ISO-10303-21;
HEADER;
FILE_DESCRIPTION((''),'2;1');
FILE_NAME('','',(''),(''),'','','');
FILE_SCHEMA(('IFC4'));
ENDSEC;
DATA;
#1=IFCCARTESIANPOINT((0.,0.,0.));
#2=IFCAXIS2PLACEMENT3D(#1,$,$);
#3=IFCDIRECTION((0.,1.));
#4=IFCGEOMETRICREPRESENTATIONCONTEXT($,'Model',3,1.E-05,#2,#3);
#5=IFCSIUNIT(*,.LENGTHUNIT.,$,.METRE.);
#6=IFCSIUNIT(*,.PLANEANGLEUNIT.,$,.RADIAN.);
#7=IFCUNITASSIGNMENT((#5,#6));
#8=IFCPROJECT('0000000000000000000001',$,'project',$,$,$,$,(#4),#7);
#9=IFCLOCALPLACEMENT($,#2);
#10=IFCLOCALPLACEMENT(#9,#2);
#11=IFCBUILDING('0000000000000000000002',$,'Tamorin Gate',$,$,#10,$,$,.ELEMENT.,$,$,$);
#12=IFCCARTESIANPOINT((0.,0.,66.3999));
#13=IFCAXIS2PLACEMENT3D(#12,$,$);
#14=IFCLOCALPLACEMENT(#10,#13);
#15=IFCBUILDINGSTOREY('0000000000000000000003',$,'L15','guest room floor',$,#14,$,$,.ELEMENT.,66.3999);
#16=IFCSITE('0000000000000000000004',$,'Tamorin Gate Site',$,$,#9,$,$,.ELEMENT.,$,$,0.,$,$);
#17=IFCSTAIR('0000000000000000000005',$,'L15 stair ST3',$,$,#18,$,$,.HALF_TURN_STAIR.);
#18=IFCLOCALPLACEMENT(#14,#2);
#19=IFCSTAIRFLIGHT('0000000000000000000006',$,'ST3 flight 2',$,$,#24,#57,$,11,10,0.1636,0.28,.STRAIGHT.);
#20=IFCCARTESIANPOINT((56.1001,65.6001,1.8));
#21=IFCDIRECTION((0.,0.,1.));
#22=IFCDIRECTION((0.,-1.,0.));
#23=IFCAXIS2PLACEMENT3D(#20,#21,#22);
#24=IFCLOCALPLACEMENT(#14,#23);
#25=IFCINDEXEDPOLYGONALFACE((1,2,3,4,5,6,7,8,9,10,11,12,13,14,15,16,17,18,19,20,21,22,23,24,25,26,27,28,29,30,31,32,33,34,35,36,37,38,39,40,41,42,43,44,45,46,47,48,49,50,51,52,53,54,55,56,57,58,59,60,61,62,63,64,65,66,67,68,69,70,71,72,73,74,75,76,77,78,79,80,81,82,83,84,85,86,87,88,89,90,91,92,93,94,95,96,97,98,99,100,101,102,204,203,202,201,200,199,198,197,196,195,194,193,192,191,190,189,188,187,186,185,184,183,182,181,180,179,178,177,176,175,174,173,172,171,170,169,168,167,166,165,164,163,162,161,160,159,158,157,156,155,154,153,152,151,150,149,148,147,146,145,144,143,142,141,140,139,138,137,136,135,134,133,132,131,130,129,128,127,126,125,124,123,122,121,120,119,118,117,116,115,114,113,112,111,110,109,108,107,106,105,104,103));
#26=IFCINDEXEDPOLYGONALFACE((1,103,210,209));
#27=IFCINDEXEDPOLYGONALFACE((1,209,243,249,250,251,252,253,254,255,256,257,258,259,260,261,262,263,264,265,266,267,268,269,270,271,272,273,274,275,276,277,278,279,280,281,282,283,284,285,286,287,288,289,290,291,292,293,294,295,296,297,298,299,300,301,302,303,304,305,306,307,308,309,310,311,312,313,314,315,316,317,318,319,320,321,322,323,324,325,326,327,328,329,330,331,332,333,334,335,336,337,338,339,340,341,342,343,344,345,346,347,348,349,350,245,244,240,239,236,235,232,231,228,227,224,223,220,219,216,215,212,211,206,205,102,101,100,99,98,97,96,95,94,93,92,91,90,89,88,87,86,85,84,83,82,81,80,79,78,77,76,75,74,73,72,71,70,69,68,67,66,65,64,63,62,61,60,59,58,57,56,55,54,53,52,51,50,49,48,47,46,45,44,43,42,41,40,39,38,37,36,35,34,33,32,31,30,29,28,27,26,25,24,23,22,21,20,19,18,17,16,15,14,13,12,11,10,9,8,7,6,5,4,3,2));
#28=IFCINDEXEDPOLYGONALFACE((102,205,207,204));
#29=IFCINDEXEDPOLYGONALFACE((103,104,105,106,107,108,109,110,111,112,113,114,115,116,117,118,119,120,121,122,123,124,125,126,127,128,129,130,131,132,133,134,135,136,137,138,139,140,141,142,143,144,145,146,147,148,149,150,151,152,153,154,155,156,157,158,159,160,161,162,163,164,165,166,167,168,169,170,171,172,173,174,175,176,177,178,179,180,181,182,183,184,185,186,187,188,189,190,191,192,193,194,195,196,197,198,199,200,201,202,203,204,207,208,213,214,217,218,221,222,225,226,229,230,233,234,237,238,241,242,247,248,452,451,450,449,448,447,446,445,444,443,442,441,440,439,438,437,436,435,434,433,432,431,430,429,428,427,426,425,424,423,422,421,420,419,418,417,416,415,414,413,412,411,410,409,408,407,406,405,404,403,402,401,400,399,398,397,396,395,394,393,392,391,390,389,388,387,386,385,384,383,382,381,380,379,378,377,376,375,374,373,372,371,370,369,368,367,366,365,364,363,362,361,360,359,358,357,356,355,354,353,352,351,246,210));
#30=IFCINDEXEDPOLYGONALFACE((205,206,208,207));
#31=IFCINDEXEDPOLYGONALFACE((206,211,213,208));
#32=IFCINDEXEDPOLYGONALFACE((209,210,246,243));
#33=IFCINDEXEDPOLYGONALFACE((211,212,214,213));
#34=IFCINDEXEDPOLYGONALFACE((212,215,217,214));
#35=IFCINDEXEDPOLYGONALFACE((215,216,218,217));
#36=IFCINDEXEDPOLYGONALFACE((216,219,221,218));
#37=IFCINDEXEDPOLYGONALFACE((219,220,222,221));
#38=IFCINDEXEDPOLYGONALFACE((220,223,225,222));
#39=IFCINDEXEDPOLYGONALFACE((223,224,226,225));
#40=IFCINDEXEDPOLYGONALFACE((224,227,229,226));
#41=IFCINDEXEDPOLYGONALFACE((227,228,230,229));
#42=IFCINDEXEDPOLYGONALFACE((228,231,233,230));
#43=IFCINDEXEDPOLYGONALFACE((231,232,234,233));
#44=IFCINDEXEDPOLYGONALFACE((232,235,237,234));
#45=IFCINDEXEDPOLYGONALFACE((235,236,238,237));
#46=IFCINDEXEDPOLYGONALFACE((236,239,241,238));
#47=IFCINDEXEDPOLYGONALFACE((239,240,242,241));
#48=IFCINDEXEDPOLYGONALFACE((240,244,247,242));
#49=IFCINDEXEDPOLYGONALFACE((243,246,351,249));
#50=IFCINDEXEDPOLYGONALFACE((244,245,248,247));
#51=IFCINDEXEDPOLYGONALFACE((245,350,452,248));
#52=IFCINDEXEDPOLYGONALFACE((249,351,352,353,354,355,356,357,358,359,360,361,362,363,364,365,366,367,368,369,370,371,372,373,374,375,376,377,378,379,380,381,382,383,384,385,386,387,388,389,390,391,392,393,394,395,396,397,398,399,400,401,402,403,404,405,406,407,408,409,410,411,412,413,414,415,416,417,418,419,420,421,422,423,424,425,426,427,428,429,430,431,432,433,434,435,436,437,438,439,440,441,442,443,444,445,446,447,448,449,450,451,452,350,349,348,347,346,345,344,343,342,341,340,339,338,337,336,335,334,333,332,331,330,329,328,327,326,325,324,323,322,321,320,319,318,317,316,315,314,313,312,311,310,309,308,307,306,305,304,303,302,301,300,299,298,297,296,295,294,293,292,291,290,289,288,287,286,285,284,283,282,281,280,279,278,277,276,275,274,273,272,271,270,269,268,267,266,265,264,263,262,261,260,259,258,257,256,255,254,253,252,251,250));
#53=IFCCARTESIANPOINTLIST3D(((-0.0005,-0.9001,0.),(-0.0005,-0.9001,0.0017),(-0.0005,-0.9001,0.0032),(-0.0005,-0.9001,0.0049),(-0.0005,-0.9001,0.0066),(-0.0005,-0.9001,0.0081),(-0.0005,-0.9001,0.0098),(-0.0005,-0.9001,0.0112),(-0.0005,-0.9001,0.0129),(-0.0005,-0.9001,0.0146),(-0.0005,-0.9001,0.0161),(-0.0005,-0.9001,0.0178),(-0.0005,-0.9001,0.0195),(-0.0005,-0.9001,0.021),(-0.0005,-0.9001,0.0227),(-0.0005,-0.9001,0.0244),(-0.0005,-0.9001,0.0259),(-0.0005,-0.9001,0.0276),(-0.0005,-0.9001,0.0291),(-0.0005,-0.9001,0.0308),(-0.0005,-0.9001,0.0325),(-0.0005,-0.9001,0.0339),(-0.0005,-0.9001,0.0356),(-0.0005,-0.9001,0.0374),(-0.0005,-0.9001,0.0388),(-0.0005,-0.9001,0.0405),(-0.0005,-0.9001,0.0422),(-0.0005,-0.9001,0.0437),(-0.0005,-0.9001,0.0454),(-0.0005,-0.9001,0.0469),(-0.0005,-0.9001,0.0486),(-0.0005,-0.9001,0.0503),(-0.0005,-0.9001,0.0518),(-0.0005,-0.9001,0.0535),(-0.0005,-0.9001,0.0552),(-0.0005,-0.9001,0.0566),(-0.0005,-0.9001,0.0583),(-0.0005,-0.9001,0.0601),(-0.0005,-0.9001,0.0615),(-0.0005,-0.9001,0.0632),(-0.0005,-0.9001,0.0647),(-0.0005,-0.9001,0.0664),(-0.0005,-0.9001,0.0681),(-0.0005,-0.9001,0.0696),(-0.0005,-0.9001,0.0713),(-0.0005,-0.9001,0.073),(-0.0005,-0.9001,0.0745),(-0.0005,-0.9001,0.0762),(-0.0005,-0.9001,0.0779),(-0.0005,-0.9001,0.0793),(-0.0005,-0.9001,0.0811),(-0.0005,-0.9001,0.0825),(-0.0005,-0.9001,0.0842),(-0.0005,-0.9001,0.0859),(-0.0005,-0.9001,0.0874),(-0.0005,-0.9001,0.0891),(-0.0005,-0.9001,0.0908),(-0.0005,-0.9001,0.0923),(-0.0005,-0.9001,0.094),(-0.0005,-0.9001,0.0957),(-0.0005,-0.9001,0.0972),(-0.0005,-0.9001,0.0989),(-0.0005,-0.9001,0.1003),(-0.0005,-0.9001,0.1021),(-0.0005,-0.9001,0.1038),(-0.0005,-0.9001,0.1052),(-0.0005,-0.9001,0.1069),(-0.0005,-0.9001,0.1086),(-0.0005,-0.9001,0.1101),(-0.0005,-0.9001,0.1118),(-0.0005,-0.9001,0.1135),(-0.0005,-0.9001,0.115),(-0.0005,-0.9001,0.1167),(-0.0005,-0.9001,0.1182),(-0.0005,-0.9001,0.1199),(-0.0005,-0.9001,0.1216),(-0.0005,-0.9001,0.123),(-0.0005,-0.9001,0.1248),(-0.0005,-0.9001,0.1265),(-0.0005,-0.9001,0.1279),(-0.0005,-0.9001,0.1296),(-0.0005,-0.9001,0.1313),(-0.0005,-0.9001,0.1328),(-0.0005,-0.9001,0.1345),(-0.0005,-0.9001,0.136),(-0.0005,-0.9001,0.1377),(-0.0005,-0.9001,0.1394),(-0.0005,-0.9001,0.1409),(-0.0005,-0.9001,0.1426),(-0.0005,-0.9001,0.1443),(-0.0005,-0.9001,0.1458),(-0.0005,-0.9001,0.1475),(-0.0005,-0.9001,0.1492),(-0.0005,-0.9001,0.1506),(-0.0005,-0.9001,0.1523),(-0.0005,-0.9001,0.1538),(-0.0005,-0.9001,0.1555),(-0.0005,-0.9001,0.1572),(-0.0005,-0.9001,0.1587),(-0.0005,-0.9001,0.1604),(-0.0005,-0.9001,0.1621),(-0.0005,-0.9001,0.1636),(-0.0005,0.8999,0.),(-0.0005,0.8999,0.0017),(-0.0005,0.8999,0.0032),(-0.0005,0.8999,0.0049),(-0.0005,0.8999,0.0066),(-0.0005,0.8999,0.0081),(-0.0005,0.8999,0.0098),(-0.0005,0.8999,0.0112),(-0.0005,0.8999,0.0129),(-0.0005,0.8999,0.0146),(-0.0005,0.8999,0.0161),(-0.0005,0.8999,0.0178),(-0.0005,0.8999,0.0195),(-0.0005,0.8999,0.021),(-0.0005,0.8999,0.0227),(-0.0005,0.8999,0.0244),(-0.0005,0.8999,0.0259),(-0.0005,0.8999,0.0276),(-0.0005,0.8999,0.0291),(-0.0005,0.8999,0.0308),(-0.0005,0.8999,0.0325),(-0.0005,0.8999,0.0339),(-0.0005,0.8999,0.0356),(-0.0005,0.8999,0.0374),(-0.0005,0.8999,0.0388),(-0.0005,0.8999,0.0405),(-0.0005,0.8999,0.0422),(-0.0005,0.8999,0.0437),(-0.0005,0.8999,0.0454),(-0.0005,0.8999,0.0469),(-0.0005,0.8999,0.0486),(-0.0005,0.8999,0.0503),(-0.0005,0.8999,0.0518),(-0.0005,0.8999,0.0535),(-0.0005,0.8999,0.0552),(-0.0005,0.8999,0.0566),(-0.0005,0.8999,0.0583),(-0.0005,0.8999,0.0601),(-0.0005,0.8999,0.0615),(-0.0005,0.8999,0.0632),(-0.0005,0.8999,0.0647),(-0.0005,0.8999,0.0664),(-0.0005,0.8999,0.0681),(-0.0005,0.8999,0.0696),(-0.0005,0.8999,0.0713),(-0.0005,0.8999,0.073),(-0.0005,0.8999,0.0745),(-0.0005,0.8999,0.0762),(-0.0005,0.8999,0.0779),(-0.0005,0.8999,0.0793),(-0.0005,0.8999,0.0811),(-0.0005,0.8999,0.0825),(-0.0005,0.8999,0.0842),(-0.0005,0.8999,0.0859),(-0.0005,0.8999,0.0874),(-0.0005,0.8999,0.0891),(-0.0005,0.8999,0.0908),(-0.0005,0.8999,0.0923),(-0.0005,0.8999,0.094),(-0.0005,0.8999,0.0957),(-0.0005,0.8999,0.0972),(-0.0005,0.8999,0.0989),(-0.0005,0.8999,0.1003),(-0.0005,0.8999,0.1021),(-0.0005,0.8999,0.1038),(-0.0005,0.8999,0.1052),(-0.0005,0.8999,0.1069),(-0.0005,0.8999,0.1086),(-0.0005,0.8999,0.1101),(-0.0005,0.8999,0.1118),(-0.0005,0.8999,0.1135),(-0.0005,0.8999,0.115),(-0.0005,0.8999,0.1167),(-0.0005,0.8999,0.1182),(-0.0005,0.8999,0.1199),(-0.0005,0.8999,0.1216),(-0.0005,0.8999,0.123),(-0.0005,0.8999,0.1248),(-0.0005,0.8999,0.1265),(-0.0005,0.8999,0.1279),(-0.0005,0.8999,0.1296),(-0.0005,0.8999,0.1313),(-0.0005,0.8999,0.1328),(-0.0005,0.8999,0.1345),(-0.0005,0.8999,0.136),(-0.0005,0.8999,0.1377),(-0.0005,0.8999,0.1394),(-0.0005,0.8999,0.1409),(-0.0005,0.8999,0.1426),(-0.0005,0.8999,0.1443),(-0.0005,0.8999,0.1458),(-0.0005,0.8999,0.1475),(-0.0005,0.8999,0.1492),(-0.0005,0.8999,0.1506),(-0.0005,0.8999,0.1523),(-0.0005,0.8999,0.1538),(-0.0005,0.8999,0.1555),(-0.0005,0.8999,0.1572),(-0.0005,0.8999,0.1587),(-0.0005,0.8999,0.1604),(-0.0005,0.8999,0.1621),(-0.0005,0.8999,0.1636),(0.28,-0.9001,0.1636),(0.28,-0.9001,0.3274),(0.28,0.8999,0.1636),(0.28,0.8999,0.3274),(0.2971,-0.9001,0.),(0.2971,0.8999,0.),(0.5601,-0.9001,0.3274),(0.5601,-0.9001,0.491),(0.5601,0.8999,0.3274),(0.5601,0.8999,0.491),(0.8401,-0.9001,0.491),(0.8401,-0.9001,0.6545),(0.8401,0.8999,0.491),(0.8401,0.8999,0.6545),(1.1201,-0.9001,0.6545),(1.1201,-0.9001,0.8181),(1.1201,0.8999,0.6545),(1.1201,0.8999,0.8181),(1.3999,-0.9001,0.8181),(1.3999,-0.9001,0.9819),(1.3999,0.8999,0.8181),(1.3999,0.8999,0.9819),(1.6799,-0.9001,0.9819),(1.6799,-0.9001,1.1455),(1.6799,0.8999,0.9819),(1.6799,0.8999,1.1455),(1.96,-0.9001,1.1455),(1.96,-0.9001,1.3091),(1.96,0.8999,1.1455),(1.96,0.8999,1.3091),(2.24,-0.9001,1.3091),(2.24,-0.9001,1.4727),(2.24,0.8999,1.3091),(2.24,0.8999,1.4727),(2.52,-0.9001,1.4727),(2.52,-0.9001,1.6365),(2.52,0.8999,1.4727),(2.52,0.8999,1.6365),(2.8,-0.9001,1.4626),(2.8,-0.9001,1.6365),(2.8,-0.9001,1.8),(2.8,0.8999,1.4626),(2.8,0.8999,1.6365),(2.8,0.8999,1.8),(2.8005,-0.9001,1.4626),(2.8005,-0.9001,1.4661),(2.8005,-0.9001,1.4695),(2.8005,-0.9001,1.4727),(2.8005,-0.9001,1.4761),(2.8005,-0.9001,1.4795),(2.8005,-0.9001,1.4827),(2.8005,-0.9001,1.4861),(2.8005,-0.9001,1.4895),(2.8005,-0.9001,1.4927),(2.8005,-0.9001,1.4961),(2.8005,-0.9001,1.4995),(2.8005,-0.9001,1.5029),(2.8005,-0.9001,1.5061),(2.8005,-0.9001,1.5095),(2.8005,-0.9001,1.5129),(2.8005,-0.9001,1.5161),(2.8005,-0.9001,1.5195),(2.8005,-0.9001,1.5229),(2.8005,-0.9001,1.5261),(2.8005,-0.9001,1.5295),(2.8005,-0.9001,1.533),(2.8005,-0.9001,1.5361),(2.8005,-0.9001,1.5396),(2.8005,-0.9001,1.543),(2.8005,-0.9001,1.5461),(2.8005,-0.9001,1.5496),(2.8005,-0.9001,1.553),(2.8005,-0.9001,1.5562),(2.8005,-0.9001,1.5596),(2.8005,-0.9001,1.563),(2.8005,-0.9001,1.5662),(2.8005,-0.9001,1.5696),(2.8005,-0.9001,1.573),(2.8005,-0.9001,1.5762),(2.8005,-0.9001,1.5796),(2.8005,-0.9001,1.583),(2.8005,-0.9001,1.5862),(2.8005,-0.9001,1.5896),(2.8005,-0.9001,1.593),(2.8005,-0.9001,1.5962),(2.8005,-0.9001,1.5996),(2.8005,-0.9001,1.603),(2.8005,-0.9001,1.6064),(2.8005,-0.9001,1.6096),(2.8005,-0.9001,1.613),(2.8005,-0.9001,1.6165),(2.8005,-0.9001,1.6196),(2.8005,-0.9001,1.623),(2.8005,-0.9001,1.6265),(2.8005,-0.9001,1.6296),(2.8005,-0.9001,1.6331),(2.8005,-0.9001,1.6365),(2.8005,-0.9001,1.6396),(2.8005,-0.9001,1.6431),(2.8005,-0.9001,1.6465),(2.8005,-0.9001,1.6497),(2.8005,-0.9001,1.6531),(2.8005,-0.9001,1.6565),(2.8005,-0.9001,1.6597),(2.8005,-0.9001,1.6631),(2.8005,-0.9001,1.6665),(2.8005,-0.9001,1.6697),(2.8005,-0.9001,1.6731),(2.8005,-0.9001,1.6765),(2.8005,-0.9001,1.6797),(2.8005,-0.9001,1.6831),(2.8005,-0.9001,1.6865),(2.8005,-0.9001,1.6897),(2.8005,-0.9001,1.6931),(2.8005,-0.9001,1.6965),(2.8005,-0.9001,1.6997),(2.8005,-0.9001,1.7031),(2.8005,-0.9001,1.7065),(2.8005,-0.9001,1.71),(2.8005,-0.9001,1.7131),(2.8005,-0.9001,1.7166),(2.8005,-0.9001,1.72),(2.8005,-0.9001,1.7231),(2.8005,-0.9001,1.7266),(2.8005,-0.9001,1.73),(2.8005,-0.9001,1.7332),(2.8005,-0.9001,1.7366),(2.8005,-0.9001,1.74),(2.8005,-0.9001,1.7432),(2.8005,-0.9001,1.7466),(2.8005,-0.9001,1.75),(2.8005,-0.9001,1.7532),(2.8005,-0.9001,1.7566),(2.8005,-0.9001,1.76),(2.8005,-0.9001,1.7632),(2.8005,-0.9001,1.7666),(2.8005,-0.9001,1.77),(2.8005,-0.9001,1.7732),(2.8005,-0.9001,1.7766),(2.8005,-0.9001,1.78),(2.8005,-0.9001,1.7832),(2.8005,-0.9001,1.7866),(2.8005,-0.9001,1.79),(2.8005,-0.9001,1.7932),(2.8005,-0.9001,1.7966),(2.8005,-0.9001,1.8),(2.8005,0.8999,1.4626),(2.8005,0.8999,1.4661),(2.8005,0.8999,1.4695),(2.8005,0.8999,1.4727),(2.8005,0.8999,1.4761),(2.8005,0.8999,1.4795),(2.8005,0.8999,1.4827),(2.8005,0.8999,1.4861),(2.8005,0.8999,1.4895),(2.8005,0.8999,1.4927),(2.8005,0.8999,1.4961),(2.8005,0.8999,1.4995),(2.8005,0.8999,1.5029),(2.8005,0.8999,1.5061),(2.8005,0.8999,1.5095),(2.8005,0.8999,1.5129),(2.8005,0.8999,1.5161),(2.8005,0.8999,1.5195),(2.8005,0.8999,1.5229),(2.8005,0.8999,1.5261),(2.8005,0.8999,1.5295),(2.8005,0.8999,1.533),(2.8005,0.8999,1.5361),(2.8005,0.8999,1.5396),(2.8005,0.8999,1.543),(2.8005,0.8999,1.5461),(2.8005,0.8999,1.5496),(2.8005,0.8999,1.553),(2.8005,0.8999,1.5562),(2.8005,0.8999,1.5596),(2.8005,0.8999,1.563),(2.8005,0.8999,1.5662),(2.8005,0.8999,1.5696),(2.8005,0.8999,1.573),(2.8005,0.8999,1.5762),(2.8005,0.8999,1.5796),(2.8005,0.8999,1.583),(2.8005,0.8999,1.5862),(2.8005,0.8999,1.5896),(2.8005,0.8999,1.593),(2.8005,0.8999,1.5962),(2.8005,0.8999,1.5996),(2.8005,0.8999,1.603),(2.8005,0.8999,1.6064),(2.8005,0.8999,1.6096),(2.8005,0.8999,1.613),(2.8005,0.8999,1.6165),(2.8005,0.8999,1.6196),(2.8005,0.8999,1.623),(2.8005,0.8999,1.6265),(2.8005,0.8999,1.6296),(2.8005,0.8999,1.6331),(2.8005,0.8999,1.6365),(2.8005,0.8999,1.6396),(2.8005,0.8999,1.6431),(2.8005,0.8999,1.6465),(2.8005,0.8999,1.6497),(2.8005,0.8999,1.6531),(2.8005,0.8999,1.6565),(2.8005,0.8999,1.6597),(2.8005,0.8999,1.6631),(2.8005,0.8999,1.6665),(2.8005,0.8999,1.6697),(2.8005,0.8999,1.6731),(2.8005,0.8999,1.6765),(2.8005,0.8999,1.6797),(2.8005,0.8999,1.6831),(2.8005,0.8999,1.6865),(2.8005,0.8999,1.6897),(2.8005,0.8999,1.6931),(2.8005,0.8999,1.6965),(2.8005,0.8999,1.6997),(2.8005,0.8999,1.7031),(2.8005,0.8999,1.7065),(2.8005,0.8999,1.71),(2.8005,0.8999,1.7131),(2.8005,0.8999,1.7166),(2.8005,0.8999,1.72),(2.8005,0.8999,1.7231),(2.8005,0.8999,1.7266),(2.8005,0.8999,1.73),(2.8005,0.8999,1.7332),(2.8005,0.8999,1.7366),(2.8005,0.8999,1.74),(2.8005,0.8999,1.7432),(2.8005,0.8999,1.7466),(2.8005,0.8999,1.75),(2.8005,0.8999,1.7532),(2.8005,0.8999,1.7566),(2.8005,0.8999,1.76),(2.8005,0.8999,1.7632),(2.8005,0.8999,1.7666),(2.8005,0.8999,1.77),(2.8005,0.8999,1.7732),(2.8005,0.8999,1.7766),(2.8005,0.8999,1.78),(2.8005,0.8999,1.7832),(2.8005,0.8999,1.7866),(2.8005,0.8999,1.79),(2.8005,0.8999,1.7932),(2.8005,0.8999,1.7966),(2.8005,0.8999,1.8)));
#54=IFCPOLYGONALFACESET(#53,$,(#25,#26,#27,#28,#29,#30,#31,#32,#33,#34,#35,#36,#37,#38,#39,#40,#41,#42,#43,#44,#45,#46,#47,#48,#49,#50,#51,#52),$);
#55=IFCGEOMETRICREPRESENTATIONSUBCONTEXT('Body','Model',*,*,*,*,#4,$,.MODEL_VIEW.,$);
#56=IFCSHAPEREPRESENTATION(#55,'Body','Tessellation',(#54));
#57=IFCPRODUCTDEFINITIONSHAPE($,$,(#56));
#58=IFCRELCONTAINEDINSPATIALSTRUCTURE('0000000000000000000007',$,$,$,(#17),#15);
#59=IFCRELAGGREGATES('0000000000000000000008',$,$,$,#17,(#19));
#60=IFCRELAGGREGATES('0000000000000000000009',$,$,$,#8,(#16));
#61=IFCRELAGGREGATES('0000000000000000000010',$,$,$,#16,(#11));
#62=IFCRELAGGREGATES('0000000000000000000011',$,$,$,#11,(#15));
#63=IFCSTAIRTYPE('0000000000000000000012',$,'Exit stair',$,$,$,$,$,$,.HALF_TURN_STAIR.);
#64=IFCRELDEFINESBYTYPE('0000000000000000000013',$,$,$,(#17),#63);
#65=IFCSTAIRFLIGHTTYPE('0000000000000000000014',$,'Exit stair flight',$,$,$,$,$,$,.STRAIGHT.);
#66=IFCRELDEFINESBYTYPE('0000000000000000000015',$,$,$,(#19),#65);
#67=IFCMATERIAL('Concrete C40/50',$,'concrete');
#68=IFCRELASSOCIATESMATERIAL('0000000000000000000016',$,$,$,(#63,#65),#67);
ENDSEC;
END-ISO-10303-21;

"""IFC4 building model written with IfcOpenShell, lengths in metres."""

from ifc_helpers import new_model, si_unit, direction, frame, origin, place, context, subcontext, project, spatial, polyline, outline, extrude, material, type_object, element, aggregate, save


model = new_model("IFC4")

# Units and contexts
model_context = context("Model", 3, precision=1e-05, world=origin(), true_north=direction((0.0, 1.0)))
body_context = subcontext(model_context, "Body", "Model", "MODEL_VIEW")
ifc_project = project(units=[si_unit("LENGTHUNIT", "METRE"), si_unit("PLANEANGLEUNIT", "RADIAN")], contexts=[model_context])

# Site, building, storey
site_placement = place(None, origin())
site = spatial("IfcSite", under=ifc_project, at=site_placement, Name="Tamorin Gate Site", CompositionType="ELEMENT", RefElevation=0.0)
building_placement = place(site_placement, origin())
building = spatial("IfcBuilding", under=site, at=building_placement, Name="Tamorin Gate", CompositionType="ELEMENT")
storey_placement = place(building_placement, frame((0.0, 0.0, 66.3999)))
storey = spatial("IfcBuildingStorey", under=building, at=storey_placement, Name="L15", Description="guest room floor", CompositionType="ELEMENT", Elevation=66.3999)

# Shared definitions
ifc_material_1 = material(Name="Concrete C40/50", Category="concrete")

# Stair, stair flight
stair_type = type_object("IfcStairType", Name="Exit stair", PredefinedType="HALF_TURN_STAIR", material=ifc_material_1)
stair_placement = place(storey_placement, origin())
stair = element("IfcStair", 1, at=stair_placement, inside=storey, type_object=stair_type, Name="L15 stair ST3", PredefinedType="HALF_TURN_STAIR")
stair_flight_type = type_object("IfcStairFlightType", Name="Exit stair flight", PredefinedType="STRAIGHT", material=ifc_material_1)
stair_flight_1_placement = place(storey_placement, frame((56.1001, 65.6001, 1.8), z_axis=(0.0, 0.0, 1.0), x_axis=(0.0, -1.0, 0.0)))
stair_flight_1 = element("IfcStairFlight", 2, at=stair_flight_1_placement, type_object=stair_flight_type, Name="ST3 flight 2", NumberOfRisers=11, NumberOfTreads=10, PredefinedType="STRAIGHT", RiserHeight=0.1636, TreadLength=0.28, context=body_context, shape_type="SweptSolid", body=[
    extrude(outline(polyline([(-0.0005, 0.0), (-0.0005, 0.0017), (-0.0005, 0.0032), (-0.0005, 0.0049), (-0.0005, 0.0066), (-0.0005, 0.0081), (-0.0005, 0.0098), (-0.0005, 0.0112), (-0.0005, 0.0129), (-0.0005, 0.0146), (-0.0005, 0.0161), (-0.0005, 0.0178), (-0.0005, 0.0195), (-0.0005, 0.021), (-0.0005, 0.0227), (-0.0005, 0.0244), (-0.0005, 0.0259), (-0.0005, 0.0276), (-0.0005, 0.0291), (-0.0005, 0.0308), (-0.0005, 0.0325), (-0.0005, 0.0339), (-0.0005, 0.0356), (-0.0005, 0.0374), (-0.0005, 0.0388), (-0.0005, 0.0405), (-0.0005, 0.0422), (-0.0005, 0.0437), (-0.0005, 0.0454), (-0.0005, 0.0469), (-0.0005, 0.0486), (-0.0005, 0.0503), (-0.0005, 0.0518), (-0.0005, 0.0535), (-0.0005, 0.0552), (-0.0005, 0.0566), (-0.0005, 0.0583), (-0.0005, 0.0601), (-0.0005, 0.0615), (-0.0005, 0.0632), (-0.0005, 0.0647), (-0.0005, 0.0664), (-0.0005, 0.0681), (-0.0005, 0.0696), (-0.0005, 0.0713), (-0.0005, 0.073), (-0.0005, 0.0745), (-0.0005, 0.0762), (-0.0005, 0.0779), (-0.0005, 0.0793), (-0.0005, 0.0811), (-0.0005, 0.0825), (-0.0005, 0.0842), (-0.0005, 0.0859), (-0.0005, 0.0874), (-0.0005, 0.0891), (-0.0005, 0.0908), (-0.0005, 0.0923), (-0.0005, 0.094), (-0.0005, 0.0957), (-0.0005, 0.0972), (-0.0005, 0.0989), (-0.0005, 0.1003), (-0.0005, 0.1021), (-0.0005, 0.1038), (-0.0005, 0.1052), (-0.0005, 0.1069), (-0.0005, 0.1086), (-0.0005, 0.1101), (-0.0005, 0.1118), (-0.0005, 0.1135), (-0.0005, 0.115), (-0.0005, 0.1167), (-0.0005, 0.1182), (-0.0005, 0.1199), (-0.0005, 0.1216), (-0.0005, 0.123), (-0.0005, 0.1248), (-0.0005, 0.1265), (-0.0005, 0.1279), (-0.0005, 0.1296), (-0.0005, 0.1313), (-0.0005, 0.1328), (-0.0005, 0.1345), (-0.0005, 0.136), (-0.0005, 0.1377), (-0.0005, 0.1394), (-0.0005, 0.1409), (-0.0005, 0.1426), (-0.0005, 0.1443), (-0.0005, 0.1458), (-0.0005, 0.1475), (-0.0005, 0.1492), (-0.0005, 0.1506), (-0.0005, 0.1523), (-0.0005, 0.1538), (-0.0005, 0.1555), (-0.0005, 0.1572), (-0.0005, 0.1587), (-0.0005, 0.1604), (-0.0005, 0.1621), (-0.0005, 0.1636), (0.28, 0.1636), (0.28, 0.3274), (0.5601, 0.3274), (0.5601, 0.491), (0.8401, 0.491), (0.8401, 0.6545), (1.1201, 0.6545), (1.1201, 0.8181), (1.3999, 0.8181), (1.3999, 0.9819), (1.6799, 0.9819), (1.6799, 1.1455), (1.96, 1.1455), (1.96, 1.3091), (2.24, 1.3091), (2.24, 1.4727), (2.52, 1.4727), (2.52, 1.6365), (2.8, 1.6365), (2.8, 1.8), (2.8005, 1.8), (2.8005, 1.7966), (2.8005, 1.7932), (2.8005, 1.79), (2.8005, 1.7866), (2.8005, 1.7832), (2.8005, 1.78), (2.8005, 1.7766), (2.8005, 1.7732), (2.8005, 1.77), (2.8005, 1.7666), (2.8005, 1.7632), (2.8005, 1.76), (2.8005, 1.7566), (2.8005, 1.7532), (2.8005, 1.75), (2.8005, 1.7466), (2.8005, 1.7432), (2.8005, 1.74), (2.8005, 1.7366), (2.8005, 1.7332), (2.8005, 1.73), (2.8005, 1.7266), (2.8005, 1.7231), (2.8005, 1.72), (2.8005, 1.7166), (2.8005, 1.7131), (2.8005, 1.71), (2.8005, 1.7065), (2.8005, 1.7031), (2.8005, 1.6997), (2.8005, 1.6965), (2.8005, 1.6931), (2.8005, 1.6897), (2.8005, 1.6865), (2.8005, 1.6831), (2.8005, 1.6797), (2.8005, 1.6765), (2.8005, 1.6731), (2.8005, 1.6697), (2.8005, 1.6665), (2.8005, 1.6631), (2.8005, 1.6597), (2.8005, 1.6565), (2.8005, 1.6531), (2.8005, 1.6497), (2.8005, 1.6465), (2.8005, 1.6431), (2.8005, 1.6396), (2.8005, 1.6365), (2.8005, 1.6331), (2.8005, 1.6296), (2.8005, 1.6265), (2.8005, 1.623), (2.8005, 1.6196), (2.8005, 1.6165), (2.8005, 1.613), (2.8005, 1.6096), (2.8005, 1.6064), (2.8005, 1.603), (2.8005, 1.5996), (2.8005, 1.5962), (2.8005, 1.593), (2.8005, 1.5896), (2.8005, 1.5862), (2.8005, 1.583), (2.8005, 1.5796), (2.8005, 1.5762), (2.8005, 1.573), (2.8005, 1.5696), (2.8005, 1.5662), (2.8005, 1.563), (2.8005, 1.5596), (2.8005, 1.5562), (2.8005, 1.553), (2.8005, 1.5496), (2.8005, 1.5461), (2.8005, 1.543), (2.8005, 1.5396), (2.8005, 1.5361), (2.8005, 1.533), (2.8005, 1.5295), (2.8005, 1.5261), (2.8005, 1.5229), (2.8005, 1.5195), (2.8005, 1.5161), (2.8005, 1.5129), (2.8005, 1.5095), (2.8005, 1.5061), (2.8005, 1.5029), (2.8005, 1.4995), (2.8005, 1.4961), (2.8005, 1.4927), (2.8005, 1.4895), (2.8005, 1.4861), (2.8005, 1.4827), (2.8005, 1.4795), (2.8005, 1.4761), (2.8005, 1.4727), (2.8005, 1.4695), (2.8005, 1.4661), (2.8005, 1.4626), (2.8, 1.4626), (0.2971, 0.0), (-0.0005, 0.0)])), frame((0.0, 0.8999, 0.0), z_axis=(0.0, -1.0, 0.0), x_axis=(1.0, 0.0, 0.0)), (0.0, 0.0, 1.0), 1.8),
])
aggregate(stair, [stair_flight_1])

save(model, "model.ifc")
